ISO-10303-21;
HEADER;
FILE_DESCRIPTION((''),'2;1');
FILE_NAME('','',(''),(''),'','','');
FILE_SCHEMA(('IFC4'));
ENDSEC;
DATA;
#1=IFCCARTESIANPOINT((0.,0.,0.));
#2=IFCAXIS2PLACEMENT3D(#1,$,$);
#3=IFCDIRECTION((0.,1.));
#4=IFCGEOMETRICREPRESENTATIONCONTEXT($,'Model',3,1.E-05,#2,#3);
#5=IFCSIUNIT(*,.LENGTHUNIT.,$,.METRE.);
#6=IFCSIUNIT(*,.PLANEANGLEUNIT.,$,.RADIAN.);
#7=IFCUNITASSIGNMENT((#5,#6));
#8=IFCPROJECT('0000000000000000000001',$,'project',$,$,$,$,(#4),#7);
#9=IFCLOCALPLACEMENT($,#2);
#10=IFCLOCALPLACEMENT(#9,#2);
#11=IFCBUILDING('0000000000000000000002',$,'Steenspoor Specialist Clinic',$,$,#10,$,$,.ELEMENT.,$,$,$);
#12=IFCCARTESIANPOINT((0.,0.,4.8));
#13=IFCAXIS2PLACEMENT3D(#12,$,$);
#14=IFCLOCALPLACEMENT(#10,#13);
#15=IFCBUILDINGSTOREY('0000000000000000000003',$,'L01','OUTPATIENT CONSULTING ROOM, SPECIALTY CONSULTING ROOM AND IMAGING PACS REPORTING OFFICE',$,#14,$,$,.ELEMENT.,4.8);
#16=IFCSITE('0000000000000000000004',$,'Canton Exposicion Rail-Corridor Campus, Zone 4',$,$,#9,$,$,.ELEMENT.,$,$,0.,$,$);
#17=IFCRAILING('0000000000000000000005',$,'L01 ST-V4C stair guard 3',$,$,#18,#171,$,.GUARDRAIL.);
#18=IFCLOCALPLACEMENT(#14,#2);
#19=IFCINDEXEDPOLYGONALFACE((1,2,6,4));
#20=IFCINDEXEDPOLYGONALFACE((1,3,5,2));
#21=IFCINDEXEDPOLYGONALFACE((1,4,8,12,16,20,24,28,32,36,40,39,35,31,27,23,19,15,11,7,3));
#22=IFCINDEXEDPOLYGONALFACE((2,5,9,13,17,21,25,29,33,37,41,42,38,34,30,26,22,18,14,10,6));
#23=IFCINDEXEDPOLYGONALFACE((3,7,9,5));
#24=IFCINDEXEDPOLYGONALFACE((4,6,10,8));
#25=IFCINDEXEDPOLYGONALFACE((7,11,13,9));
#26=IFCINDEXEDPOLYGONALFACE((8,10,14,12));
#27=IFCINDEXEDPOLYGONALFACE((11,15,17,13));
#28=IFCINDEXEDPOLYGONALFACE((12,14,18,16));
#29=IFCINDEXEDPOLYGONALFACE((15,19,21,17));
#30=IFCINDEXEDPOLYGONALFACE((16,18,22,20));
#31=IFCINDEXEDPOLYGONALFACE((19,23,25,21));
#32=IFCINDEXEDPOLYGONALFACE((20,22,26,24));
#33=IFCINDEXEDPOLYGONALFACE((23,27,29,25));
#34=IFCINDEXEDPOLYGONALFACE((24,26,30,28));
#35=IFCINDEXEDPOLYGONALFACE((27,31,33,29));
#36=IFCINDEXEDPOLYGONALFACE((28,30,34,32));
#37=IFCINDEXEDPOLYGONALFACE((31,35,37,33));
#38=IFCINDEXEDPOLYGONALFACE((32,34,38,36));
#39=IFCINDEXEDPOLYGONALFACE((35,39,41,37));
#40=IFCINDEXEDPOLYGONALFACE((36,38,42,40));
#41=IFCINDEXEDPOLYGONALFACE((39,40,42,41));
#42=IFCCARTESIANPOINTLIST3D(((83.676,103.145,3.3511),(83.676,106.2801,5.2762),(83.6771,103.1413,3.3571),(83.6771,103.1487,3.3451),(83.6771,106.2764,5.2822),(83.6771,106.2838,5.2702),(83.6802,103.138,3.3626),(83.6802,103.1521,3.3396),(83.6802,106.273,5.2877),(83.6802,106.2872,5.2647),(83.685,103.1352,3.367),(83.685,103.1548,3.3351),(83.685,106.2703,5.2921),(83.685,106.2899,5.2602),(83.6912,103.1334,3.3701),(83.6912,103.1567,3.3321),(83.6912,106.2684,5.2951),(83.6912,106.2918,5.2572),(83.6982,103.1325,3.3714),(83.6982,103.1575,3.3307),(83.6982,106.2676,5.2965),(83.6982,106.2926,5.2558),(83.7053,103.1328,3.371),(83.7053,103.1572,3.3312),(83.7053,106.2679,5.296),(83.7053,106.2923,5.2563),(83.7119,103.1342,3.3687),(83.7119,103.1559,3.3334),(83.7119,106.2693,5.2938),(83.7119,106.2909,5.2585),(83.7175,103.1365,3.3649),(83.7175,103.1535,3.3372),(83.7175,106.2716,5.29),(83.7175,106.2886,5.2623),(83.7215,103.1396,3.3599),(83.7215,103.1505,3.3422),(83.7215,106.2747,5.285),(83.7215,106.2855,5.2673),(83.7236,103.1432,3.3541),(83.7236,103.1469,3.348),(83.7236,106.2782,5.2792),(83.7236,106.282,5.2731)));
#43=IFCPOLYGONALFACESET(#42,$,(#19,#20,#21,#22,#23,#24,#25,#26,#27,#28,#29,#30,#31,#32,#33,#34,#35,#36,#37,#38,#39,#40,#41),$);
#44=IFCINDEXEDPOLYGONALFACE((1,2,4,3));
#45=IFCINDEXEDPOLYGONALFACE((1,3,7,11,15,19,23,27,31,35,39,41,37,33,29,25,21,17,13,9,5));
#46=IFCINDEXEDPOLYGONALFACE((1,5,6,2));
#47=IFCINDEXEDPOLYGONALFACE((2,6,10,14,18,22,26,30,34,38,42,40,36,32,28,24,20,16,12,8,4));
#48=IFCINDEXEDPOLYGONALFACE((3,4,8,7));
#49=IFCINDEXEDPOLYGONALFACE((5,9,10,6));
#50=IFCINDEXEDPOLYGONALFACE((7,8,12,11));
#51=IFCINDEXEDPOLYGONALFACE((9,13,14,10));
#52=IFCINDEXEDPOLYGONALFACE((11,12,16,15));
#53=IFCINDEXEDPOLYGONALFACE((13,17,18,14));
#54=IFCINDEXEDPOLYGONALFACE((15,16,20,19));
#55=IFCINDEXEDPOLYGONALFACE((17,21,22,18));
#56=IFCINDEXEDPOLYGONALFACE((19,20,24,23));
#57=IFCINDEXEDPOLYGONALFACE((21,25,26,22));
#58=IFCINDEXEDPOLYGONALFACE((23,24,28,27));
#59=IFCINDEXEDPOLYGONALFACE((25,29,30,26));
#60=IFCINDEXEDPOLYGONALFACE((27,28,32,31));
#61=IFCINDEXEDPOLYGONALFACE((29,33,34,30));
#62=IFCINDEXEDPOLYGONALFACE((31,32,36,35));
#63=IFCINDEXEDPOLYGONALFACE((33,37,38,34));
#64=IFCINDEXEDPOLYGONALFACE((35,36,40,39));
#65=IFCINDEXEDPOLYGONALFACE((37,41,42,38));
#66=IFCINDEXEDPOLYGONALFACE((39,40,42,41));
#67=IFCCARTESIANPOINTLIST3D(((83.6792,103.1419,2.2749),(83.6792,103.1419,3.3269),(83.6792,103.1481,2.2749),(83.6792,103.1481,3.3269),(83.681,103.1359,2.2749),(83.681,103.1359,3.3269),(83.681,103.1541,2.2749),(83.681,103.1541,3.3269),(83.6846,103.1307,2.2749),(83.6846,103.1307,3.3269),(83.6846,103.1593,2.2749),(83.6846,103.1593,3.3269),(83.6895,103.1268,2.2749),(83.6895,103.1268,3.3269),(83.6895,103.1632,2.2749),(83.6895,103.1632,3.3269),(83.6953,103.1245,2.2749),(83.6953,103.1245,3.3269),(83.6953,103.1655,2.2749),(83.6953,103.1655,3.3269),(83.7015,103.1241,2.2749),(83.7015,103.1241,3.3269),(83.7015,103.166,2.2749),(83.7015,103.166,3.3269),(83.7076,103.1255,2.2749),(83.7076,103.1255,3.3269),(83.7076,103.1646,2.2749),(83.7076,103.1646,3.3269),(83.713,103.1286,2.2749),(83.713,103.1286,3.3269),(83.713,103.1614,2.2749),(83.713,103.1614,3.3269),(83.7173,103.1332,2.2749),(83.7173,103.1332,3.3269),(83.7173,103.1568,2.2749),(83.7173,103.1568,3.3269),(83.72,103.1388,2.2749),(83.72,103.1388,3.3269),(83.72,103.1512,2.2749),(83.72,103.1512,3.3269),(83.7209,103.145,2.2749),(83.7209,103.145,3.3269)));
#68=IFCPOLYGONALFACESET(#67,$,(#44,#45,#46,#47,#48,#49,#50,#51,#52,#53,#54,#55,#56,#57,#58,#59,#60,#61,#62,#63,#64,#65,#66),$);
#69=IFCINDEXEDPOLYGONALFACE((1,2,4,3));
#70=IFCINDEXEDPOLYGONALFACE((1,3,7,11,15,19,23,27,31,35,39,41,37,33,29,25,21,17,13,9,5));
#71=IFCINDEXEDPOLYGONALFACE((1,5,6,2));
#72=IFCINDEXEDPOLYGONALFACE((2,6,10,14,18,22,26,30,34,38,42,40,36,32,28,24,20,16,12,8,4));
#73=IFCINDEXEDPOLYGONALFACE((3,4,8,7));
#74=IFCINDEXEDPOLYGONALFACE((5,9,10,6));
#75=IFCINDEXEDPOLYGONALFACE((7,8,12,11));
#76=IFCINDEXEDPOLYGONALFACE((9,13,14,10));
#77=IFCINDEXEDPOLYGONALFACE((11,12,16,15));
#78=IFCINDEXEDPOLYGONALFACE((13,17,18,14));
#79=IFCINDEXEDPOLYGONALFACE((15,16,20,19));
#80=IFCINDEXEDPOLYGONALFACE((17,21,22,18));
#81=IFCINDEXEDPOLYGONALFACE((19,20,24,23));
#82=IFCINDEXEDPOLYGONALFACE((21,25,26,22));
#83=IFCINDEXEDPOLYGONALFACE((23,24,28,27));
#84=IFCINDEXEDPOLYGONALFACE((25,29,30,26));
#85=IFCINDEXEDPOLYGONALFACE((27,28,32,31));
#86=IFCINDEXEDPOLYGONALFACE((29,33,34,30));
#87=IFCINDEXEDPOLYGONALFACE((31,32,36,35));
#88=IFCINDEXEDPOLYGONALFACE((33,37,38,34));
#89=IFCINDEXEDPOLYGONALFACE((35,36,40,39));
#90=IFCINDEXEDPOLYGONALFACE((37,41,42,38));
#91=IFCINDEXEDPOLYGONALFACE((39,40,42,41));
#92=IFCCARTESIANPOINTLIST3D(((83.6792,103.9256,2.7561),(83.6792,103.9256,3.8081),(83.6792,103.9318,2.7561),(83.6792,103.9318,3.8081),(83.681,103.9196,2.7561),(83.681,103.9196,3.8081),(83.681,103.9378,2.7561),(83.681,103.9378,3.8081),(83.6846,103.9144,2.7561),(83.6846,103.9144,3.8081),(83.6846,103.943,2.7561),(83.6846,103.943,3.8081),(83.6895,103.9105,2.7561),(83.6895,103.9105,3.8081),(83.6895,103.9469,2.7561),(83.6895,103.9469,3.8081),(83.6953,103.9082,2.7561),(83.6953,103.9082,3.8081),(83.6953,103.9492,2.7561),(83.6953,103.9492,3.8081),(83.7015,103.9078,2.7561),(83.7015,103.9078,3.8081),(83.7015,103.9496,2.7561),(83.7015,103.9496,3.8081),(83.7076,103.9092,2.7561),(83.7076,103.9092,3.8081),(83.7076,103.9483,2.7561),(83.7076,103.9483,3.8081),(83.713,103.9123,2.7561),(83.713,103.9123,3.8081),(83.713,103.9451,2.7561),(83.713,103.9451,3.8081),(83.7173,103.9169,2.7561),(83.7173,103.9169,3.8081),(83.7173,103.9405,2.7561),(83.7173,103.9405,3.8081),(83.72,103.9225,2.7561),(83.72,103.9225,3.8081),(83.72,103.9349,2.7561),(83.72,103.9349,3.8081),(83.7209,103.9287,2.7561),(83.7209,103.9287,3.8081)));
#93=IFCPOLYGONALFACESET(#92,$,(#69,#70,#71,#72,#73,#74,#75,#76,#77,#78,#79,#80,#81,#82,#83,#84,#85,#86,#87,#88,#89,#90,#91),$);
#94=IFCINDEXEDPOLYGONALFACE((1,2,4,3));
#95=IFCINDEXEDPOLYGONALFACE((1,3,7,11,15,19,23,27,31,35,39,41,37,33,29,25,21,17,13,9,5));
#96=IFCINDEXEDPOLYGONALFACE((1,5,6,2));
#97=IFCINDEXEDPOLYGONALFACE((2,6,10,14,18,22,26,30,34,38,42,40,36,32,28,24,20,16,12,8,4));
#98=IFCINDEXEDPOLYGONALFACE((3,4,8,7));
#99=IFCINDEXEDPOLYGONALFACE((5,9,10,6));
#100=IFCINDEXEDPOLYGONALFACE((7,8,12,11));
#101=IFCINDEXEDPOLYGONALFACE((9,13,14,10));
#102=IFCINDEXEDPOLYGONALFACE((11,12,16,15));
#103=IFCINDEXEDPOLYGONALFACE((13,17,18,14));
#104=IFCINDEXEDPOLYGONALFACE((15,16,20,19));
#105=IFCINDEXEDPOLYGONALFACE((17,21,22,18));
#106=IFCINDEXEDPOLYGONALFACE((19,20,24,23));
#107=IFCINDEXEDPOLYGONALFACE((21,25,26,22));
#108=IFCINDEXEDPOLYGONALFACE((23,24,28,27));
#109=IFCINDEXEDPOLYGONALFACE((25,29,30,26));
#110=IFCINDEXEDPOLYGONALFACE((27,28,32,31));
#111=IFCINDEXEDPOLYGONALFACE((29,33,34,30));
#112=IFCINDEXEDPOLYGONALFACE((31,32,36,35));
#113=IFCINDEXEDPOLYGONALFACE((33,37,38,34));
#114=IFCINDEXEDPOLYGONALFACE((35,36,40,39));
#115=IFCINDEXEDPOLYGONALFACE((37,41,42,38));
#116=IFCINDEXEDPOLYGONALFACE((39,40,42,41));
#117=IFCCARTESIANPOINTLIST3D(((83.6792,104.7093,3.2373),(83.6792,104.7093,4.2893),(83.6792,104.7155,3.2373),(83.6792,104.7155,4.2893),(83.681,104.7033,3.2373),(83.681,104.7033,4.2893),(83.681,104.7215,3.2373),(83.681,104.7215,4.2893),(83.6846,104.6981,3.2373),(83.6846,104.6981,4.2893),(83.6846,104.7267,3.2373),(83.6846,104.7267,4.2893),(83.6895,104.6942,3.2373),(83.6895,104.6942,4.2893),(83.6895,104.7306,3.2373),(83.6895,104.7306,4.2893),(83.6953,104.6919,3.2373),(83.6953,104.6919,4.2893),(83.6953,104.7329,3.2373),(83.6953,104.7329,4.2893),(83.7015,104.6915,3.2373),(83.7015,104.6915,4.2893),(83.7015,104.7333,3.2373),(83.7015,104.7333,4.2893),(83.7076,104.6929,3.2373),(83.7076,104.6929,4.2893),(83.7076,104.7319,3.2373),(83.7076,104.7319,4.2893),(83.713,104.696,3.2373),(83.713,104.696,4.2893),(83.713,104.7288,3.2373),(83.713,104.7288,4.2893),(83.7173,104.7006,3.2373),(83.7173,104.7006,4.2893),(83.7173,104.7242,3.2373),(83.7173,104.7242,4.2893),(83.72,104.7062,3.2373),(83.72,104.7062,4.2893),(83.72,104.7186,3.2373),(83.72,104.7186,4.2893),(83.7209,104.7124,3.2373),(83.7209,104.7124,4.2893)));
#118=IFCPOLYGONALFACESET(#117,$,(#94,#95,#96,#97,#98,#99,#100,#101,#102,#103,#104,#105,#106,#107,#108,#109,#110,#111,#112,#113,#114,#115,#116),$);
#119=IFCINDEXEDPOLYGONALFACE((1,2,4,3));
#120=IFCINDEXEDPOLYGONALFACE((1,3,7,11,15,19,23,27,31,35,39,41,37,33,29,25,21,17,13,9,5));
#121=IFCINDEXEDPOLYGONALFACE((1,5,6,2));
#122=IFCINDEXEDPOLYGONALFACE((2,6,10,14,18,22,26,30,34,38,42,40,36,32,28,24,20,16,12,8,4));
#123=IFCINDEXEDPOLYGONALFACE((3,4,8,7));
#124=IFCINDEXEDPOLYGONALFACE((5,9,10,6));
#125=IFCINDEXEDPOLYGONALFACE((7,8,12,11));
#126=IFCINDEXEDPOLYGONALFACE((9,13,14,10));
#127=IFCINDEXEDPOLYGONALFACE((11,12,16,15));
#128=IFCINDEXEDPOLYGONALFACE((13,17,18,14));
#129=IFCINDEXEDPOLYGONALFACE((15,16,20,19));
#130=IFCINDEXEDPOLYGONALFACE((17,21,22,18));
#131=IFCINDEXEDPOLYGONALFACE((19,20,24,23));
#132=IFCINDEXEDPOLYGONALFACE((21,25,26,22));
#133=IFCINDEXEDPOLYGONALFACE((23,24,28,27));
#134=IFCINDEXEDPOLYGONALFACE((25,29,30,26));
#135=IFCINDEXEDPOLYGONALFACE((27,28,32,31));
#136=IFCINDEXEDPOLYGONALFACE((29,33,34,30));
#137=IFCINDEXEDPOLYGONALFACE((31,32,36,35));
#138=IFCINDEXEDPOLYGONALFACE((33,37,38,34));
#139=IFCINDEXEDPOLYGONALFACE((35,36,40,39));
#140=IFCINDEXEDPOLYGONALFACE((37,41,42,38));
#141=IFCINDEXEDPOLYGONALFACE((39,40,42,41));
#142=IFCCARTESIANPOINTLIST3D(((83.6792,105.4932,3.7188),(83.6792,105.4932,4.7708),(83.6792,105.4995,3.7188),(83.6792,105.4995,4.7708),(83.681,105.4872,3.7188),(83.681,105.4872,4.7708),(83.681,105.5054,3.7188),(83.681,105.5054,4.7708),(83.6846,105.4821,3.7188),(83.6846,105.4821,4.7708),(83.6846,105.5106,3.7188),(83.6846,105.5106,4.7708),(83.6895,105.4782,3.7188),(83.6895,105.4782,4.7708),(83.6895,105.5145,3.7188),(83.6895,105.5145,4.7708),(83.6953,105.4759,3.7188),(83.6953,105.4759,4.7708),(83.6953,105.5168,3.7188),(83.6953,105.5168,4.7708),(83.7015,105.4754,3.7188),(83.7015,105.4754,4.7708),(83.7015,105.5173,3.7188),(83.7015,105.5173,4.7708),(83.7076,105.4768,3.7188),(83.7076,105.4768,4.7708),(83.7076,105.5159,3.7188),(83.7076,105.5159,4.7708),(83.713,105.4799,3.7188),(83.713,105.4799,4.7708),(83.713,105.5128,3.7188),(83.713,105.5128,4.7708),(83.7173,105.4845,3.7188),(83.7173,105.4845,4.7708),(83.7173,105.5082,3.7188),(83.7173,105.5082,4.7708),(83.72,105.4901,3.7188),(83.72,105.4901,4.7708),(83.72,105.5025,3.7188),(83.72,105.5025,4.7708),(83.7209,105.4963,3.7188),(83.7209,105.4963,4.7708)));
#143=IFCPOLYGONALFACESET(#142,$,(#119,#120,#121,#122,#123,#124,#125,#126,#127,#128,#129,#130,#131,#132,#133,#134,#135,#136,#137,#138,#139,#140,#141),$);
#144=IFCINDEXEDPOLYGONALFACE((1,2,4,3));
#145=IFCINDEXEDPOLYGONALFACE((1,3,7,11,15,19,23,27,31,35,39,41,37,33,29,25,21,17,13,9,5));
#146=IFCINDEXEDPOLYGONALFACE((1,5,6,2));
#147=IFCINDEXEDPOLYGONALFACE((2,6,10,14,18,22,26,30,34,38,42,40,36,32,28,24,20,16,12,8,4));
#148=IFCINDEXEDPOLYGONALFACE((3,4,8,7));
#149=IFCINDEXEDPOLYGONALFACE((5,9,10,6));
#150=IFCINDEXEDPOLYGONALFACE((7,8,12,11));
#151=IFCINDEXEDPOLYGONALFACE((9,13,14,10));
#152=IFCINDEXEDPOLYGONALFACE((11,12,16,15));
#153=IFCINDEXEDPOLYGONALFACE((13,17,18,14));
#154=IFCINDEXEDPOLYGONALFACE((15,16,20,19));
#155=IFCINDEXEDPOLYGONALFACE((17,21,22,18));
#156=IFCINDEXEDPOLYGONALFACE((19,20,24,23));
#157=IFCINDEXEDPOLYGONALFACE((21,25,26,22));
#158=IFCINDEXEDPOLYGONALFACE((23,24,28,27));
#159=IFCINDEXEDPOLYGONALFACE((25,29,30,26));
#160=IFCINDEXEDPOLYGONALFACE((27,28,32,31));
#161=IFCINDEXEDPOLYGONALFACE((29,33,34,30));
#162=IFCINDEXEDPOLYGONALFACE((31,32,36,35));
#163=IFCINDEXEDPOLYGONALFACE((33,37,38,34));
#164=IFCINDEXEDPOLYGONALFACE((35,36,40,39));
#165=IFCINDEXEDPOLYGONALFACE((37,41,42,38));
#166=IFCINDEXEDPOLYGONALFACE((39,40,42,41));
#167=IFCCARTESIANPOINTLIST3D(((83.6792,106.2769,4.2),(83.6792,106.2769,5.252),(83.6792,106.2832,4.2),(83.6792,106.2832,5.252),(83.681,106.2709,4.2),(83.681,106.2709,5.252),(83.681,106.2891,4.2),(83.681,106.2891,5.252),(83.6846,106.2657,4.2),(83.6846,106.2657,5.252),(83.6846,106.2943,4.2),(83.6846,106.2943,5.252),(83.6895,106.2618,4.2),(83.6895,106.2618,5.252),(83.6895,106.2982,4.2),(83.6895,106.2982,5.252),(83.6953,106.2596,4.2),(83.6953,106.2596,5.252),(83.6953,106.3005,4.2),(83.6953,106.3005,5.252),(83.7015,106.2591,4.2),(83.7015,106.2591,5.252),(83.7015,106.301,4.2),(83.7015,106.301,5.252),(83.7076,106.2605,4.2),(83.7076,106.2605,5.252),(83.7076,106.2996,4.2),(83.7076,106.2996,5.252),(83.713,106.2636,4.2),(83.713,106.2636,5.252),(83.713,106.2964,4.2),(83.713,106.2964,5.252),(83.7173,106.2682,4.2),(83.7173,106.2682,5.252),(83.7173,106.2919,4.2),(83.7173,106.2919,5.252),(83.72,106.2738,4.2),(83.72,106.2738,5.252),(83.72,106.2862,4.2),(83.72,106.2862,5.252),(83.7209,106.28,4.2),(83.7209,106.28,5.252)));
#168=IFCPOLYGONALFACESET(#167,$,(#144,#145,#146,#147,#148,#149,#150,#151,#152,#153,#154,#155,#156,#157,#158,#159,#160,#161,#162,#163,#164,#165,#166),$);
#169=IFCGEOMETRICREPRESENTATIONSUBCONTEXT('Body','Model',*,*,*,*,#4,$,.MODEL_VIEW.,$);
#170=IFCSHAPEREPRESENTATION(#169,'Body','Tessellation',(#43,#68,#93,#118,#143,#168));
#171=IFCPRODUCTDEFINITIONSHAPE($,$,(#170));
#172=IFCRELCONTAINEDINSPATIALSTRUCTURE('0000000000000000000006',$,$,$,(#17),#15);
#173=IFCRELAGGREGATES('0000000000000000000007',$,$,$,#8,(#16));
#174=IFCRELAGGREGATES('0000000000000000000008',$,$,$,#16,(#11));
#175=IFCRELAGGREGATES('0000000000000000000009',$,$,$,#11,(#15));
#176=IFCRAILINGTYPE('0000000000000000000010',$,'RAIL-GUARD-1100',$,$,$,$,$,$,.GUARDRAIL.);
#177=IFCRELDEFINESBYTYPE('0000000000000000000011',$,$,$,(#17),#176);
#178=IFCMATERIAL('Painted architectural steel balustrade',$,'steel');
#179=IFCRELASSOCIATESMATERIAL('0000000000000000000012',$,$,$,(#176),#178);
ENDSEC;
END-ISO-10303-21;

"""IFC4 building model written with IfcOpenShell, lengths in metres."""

from ifc_helpers import new_model, si_unit, direction, frame, origin, origin_2d, place, context, subcontext, project, spatial, circle, extrude, material, type_object, element, save


model = new_model("IFC4")

# Units and contexts
model_context = context("Model", 3, precision=1e-05, world=origin(), true_north=direction((0.0, 1.0)))
body_context = subcontext(model_context, "Body", "Model", "MODEL_VIEW")
ifc_project = project(units=[si_unit("LENGTHUNIT", "METRE"), si_unit("PLANEANGLEUNIT", "RADIAN")], contexts=[model_context])

# Site, building, storey
site_placement = place(None, origin())
site = spatial("IfcSite", under=ifc_project, at=site_placement, Name="Canton Exposicion Rail-Corridor Campus, Zone 4", CompositionType="ELEMENT", RefElevation=0.0)
building_placement = place(site_placement, origin())
building = spatial("IfcBuilding", under=site, at=building_placement, Name="Steenspoor Specialist Clinic", CompositionType="ELEMENT")
storey_placement = place(building_placement, frame((0.0, 0.0, 4.8)))
storey = spatial("IfcBuildingStorey", under=building, at=storey_placement, Name="L01", Description="OUTPATIENT CONSULTING ROOM, SPECIALTY CONSULTING ROOM AND IMAGING PACS REPORTING OFFICE", CompositionType="ELEMENT", Elevation=4.8)

# Railing
ifc_material_1 = material(Name="Painted architectural steel balustrade", Category="steel")
railing_type_1 = type_object("IfcRailingType", Name="RAIL-GUARD-1100", PredefinedType="GUARDRAIL", material=ifc_material_1)
railing_1_placement = place(storey_placement, frame((83.7, 103.145, 2.2749)))
element("IfcRailing", 1, at=railing_1_placement, inside=storey, type_object=railing_type_1, Name="L01 ST-V4C stair guard 3", PredefinedType="GUARDRAIL", context=body_context, shape_type="SweptSolid", body=[
    extrude(circle(Radius=0.0239, at=origin_2d()), frame((0.0, 0.0, 1.0762), z_axis=(0.0, 0.852166, 0.523271), x_axis=(-1.0, 0.0, 0.0)), (0.0, 0.0, 1.0), 3.679),
    extrude(circle(Radius=0.021, at=origin_2d()), origin(), (0.0, 0.0, 1.0), 1.052),
    extrude(circle(Radius=0.021, at=origin_2d()), frame((0.0, 0.7837, 0.4812)), (0.0, 0.0, 1.0), 1.052),
    extrude(circle(Radius=0.021, at=origin_2d()), frame((0.0, 1.5674, 0.9624)), (0.0, 0.0, 1.0), 1.052),
    extrude(circle(Radius=0.021, at=origin_2d()), frame((0.0, 2.3513, 1.4438)), (0.0, 0.0, 1.0), 1.052),
    extrude(circle(Radius=0.021, at=origin_2d()), frame((0.0, 3.135, 1.925)), (0.0, 0.0, 1.0), 1.052),
])

save(model, "model.ifc")
